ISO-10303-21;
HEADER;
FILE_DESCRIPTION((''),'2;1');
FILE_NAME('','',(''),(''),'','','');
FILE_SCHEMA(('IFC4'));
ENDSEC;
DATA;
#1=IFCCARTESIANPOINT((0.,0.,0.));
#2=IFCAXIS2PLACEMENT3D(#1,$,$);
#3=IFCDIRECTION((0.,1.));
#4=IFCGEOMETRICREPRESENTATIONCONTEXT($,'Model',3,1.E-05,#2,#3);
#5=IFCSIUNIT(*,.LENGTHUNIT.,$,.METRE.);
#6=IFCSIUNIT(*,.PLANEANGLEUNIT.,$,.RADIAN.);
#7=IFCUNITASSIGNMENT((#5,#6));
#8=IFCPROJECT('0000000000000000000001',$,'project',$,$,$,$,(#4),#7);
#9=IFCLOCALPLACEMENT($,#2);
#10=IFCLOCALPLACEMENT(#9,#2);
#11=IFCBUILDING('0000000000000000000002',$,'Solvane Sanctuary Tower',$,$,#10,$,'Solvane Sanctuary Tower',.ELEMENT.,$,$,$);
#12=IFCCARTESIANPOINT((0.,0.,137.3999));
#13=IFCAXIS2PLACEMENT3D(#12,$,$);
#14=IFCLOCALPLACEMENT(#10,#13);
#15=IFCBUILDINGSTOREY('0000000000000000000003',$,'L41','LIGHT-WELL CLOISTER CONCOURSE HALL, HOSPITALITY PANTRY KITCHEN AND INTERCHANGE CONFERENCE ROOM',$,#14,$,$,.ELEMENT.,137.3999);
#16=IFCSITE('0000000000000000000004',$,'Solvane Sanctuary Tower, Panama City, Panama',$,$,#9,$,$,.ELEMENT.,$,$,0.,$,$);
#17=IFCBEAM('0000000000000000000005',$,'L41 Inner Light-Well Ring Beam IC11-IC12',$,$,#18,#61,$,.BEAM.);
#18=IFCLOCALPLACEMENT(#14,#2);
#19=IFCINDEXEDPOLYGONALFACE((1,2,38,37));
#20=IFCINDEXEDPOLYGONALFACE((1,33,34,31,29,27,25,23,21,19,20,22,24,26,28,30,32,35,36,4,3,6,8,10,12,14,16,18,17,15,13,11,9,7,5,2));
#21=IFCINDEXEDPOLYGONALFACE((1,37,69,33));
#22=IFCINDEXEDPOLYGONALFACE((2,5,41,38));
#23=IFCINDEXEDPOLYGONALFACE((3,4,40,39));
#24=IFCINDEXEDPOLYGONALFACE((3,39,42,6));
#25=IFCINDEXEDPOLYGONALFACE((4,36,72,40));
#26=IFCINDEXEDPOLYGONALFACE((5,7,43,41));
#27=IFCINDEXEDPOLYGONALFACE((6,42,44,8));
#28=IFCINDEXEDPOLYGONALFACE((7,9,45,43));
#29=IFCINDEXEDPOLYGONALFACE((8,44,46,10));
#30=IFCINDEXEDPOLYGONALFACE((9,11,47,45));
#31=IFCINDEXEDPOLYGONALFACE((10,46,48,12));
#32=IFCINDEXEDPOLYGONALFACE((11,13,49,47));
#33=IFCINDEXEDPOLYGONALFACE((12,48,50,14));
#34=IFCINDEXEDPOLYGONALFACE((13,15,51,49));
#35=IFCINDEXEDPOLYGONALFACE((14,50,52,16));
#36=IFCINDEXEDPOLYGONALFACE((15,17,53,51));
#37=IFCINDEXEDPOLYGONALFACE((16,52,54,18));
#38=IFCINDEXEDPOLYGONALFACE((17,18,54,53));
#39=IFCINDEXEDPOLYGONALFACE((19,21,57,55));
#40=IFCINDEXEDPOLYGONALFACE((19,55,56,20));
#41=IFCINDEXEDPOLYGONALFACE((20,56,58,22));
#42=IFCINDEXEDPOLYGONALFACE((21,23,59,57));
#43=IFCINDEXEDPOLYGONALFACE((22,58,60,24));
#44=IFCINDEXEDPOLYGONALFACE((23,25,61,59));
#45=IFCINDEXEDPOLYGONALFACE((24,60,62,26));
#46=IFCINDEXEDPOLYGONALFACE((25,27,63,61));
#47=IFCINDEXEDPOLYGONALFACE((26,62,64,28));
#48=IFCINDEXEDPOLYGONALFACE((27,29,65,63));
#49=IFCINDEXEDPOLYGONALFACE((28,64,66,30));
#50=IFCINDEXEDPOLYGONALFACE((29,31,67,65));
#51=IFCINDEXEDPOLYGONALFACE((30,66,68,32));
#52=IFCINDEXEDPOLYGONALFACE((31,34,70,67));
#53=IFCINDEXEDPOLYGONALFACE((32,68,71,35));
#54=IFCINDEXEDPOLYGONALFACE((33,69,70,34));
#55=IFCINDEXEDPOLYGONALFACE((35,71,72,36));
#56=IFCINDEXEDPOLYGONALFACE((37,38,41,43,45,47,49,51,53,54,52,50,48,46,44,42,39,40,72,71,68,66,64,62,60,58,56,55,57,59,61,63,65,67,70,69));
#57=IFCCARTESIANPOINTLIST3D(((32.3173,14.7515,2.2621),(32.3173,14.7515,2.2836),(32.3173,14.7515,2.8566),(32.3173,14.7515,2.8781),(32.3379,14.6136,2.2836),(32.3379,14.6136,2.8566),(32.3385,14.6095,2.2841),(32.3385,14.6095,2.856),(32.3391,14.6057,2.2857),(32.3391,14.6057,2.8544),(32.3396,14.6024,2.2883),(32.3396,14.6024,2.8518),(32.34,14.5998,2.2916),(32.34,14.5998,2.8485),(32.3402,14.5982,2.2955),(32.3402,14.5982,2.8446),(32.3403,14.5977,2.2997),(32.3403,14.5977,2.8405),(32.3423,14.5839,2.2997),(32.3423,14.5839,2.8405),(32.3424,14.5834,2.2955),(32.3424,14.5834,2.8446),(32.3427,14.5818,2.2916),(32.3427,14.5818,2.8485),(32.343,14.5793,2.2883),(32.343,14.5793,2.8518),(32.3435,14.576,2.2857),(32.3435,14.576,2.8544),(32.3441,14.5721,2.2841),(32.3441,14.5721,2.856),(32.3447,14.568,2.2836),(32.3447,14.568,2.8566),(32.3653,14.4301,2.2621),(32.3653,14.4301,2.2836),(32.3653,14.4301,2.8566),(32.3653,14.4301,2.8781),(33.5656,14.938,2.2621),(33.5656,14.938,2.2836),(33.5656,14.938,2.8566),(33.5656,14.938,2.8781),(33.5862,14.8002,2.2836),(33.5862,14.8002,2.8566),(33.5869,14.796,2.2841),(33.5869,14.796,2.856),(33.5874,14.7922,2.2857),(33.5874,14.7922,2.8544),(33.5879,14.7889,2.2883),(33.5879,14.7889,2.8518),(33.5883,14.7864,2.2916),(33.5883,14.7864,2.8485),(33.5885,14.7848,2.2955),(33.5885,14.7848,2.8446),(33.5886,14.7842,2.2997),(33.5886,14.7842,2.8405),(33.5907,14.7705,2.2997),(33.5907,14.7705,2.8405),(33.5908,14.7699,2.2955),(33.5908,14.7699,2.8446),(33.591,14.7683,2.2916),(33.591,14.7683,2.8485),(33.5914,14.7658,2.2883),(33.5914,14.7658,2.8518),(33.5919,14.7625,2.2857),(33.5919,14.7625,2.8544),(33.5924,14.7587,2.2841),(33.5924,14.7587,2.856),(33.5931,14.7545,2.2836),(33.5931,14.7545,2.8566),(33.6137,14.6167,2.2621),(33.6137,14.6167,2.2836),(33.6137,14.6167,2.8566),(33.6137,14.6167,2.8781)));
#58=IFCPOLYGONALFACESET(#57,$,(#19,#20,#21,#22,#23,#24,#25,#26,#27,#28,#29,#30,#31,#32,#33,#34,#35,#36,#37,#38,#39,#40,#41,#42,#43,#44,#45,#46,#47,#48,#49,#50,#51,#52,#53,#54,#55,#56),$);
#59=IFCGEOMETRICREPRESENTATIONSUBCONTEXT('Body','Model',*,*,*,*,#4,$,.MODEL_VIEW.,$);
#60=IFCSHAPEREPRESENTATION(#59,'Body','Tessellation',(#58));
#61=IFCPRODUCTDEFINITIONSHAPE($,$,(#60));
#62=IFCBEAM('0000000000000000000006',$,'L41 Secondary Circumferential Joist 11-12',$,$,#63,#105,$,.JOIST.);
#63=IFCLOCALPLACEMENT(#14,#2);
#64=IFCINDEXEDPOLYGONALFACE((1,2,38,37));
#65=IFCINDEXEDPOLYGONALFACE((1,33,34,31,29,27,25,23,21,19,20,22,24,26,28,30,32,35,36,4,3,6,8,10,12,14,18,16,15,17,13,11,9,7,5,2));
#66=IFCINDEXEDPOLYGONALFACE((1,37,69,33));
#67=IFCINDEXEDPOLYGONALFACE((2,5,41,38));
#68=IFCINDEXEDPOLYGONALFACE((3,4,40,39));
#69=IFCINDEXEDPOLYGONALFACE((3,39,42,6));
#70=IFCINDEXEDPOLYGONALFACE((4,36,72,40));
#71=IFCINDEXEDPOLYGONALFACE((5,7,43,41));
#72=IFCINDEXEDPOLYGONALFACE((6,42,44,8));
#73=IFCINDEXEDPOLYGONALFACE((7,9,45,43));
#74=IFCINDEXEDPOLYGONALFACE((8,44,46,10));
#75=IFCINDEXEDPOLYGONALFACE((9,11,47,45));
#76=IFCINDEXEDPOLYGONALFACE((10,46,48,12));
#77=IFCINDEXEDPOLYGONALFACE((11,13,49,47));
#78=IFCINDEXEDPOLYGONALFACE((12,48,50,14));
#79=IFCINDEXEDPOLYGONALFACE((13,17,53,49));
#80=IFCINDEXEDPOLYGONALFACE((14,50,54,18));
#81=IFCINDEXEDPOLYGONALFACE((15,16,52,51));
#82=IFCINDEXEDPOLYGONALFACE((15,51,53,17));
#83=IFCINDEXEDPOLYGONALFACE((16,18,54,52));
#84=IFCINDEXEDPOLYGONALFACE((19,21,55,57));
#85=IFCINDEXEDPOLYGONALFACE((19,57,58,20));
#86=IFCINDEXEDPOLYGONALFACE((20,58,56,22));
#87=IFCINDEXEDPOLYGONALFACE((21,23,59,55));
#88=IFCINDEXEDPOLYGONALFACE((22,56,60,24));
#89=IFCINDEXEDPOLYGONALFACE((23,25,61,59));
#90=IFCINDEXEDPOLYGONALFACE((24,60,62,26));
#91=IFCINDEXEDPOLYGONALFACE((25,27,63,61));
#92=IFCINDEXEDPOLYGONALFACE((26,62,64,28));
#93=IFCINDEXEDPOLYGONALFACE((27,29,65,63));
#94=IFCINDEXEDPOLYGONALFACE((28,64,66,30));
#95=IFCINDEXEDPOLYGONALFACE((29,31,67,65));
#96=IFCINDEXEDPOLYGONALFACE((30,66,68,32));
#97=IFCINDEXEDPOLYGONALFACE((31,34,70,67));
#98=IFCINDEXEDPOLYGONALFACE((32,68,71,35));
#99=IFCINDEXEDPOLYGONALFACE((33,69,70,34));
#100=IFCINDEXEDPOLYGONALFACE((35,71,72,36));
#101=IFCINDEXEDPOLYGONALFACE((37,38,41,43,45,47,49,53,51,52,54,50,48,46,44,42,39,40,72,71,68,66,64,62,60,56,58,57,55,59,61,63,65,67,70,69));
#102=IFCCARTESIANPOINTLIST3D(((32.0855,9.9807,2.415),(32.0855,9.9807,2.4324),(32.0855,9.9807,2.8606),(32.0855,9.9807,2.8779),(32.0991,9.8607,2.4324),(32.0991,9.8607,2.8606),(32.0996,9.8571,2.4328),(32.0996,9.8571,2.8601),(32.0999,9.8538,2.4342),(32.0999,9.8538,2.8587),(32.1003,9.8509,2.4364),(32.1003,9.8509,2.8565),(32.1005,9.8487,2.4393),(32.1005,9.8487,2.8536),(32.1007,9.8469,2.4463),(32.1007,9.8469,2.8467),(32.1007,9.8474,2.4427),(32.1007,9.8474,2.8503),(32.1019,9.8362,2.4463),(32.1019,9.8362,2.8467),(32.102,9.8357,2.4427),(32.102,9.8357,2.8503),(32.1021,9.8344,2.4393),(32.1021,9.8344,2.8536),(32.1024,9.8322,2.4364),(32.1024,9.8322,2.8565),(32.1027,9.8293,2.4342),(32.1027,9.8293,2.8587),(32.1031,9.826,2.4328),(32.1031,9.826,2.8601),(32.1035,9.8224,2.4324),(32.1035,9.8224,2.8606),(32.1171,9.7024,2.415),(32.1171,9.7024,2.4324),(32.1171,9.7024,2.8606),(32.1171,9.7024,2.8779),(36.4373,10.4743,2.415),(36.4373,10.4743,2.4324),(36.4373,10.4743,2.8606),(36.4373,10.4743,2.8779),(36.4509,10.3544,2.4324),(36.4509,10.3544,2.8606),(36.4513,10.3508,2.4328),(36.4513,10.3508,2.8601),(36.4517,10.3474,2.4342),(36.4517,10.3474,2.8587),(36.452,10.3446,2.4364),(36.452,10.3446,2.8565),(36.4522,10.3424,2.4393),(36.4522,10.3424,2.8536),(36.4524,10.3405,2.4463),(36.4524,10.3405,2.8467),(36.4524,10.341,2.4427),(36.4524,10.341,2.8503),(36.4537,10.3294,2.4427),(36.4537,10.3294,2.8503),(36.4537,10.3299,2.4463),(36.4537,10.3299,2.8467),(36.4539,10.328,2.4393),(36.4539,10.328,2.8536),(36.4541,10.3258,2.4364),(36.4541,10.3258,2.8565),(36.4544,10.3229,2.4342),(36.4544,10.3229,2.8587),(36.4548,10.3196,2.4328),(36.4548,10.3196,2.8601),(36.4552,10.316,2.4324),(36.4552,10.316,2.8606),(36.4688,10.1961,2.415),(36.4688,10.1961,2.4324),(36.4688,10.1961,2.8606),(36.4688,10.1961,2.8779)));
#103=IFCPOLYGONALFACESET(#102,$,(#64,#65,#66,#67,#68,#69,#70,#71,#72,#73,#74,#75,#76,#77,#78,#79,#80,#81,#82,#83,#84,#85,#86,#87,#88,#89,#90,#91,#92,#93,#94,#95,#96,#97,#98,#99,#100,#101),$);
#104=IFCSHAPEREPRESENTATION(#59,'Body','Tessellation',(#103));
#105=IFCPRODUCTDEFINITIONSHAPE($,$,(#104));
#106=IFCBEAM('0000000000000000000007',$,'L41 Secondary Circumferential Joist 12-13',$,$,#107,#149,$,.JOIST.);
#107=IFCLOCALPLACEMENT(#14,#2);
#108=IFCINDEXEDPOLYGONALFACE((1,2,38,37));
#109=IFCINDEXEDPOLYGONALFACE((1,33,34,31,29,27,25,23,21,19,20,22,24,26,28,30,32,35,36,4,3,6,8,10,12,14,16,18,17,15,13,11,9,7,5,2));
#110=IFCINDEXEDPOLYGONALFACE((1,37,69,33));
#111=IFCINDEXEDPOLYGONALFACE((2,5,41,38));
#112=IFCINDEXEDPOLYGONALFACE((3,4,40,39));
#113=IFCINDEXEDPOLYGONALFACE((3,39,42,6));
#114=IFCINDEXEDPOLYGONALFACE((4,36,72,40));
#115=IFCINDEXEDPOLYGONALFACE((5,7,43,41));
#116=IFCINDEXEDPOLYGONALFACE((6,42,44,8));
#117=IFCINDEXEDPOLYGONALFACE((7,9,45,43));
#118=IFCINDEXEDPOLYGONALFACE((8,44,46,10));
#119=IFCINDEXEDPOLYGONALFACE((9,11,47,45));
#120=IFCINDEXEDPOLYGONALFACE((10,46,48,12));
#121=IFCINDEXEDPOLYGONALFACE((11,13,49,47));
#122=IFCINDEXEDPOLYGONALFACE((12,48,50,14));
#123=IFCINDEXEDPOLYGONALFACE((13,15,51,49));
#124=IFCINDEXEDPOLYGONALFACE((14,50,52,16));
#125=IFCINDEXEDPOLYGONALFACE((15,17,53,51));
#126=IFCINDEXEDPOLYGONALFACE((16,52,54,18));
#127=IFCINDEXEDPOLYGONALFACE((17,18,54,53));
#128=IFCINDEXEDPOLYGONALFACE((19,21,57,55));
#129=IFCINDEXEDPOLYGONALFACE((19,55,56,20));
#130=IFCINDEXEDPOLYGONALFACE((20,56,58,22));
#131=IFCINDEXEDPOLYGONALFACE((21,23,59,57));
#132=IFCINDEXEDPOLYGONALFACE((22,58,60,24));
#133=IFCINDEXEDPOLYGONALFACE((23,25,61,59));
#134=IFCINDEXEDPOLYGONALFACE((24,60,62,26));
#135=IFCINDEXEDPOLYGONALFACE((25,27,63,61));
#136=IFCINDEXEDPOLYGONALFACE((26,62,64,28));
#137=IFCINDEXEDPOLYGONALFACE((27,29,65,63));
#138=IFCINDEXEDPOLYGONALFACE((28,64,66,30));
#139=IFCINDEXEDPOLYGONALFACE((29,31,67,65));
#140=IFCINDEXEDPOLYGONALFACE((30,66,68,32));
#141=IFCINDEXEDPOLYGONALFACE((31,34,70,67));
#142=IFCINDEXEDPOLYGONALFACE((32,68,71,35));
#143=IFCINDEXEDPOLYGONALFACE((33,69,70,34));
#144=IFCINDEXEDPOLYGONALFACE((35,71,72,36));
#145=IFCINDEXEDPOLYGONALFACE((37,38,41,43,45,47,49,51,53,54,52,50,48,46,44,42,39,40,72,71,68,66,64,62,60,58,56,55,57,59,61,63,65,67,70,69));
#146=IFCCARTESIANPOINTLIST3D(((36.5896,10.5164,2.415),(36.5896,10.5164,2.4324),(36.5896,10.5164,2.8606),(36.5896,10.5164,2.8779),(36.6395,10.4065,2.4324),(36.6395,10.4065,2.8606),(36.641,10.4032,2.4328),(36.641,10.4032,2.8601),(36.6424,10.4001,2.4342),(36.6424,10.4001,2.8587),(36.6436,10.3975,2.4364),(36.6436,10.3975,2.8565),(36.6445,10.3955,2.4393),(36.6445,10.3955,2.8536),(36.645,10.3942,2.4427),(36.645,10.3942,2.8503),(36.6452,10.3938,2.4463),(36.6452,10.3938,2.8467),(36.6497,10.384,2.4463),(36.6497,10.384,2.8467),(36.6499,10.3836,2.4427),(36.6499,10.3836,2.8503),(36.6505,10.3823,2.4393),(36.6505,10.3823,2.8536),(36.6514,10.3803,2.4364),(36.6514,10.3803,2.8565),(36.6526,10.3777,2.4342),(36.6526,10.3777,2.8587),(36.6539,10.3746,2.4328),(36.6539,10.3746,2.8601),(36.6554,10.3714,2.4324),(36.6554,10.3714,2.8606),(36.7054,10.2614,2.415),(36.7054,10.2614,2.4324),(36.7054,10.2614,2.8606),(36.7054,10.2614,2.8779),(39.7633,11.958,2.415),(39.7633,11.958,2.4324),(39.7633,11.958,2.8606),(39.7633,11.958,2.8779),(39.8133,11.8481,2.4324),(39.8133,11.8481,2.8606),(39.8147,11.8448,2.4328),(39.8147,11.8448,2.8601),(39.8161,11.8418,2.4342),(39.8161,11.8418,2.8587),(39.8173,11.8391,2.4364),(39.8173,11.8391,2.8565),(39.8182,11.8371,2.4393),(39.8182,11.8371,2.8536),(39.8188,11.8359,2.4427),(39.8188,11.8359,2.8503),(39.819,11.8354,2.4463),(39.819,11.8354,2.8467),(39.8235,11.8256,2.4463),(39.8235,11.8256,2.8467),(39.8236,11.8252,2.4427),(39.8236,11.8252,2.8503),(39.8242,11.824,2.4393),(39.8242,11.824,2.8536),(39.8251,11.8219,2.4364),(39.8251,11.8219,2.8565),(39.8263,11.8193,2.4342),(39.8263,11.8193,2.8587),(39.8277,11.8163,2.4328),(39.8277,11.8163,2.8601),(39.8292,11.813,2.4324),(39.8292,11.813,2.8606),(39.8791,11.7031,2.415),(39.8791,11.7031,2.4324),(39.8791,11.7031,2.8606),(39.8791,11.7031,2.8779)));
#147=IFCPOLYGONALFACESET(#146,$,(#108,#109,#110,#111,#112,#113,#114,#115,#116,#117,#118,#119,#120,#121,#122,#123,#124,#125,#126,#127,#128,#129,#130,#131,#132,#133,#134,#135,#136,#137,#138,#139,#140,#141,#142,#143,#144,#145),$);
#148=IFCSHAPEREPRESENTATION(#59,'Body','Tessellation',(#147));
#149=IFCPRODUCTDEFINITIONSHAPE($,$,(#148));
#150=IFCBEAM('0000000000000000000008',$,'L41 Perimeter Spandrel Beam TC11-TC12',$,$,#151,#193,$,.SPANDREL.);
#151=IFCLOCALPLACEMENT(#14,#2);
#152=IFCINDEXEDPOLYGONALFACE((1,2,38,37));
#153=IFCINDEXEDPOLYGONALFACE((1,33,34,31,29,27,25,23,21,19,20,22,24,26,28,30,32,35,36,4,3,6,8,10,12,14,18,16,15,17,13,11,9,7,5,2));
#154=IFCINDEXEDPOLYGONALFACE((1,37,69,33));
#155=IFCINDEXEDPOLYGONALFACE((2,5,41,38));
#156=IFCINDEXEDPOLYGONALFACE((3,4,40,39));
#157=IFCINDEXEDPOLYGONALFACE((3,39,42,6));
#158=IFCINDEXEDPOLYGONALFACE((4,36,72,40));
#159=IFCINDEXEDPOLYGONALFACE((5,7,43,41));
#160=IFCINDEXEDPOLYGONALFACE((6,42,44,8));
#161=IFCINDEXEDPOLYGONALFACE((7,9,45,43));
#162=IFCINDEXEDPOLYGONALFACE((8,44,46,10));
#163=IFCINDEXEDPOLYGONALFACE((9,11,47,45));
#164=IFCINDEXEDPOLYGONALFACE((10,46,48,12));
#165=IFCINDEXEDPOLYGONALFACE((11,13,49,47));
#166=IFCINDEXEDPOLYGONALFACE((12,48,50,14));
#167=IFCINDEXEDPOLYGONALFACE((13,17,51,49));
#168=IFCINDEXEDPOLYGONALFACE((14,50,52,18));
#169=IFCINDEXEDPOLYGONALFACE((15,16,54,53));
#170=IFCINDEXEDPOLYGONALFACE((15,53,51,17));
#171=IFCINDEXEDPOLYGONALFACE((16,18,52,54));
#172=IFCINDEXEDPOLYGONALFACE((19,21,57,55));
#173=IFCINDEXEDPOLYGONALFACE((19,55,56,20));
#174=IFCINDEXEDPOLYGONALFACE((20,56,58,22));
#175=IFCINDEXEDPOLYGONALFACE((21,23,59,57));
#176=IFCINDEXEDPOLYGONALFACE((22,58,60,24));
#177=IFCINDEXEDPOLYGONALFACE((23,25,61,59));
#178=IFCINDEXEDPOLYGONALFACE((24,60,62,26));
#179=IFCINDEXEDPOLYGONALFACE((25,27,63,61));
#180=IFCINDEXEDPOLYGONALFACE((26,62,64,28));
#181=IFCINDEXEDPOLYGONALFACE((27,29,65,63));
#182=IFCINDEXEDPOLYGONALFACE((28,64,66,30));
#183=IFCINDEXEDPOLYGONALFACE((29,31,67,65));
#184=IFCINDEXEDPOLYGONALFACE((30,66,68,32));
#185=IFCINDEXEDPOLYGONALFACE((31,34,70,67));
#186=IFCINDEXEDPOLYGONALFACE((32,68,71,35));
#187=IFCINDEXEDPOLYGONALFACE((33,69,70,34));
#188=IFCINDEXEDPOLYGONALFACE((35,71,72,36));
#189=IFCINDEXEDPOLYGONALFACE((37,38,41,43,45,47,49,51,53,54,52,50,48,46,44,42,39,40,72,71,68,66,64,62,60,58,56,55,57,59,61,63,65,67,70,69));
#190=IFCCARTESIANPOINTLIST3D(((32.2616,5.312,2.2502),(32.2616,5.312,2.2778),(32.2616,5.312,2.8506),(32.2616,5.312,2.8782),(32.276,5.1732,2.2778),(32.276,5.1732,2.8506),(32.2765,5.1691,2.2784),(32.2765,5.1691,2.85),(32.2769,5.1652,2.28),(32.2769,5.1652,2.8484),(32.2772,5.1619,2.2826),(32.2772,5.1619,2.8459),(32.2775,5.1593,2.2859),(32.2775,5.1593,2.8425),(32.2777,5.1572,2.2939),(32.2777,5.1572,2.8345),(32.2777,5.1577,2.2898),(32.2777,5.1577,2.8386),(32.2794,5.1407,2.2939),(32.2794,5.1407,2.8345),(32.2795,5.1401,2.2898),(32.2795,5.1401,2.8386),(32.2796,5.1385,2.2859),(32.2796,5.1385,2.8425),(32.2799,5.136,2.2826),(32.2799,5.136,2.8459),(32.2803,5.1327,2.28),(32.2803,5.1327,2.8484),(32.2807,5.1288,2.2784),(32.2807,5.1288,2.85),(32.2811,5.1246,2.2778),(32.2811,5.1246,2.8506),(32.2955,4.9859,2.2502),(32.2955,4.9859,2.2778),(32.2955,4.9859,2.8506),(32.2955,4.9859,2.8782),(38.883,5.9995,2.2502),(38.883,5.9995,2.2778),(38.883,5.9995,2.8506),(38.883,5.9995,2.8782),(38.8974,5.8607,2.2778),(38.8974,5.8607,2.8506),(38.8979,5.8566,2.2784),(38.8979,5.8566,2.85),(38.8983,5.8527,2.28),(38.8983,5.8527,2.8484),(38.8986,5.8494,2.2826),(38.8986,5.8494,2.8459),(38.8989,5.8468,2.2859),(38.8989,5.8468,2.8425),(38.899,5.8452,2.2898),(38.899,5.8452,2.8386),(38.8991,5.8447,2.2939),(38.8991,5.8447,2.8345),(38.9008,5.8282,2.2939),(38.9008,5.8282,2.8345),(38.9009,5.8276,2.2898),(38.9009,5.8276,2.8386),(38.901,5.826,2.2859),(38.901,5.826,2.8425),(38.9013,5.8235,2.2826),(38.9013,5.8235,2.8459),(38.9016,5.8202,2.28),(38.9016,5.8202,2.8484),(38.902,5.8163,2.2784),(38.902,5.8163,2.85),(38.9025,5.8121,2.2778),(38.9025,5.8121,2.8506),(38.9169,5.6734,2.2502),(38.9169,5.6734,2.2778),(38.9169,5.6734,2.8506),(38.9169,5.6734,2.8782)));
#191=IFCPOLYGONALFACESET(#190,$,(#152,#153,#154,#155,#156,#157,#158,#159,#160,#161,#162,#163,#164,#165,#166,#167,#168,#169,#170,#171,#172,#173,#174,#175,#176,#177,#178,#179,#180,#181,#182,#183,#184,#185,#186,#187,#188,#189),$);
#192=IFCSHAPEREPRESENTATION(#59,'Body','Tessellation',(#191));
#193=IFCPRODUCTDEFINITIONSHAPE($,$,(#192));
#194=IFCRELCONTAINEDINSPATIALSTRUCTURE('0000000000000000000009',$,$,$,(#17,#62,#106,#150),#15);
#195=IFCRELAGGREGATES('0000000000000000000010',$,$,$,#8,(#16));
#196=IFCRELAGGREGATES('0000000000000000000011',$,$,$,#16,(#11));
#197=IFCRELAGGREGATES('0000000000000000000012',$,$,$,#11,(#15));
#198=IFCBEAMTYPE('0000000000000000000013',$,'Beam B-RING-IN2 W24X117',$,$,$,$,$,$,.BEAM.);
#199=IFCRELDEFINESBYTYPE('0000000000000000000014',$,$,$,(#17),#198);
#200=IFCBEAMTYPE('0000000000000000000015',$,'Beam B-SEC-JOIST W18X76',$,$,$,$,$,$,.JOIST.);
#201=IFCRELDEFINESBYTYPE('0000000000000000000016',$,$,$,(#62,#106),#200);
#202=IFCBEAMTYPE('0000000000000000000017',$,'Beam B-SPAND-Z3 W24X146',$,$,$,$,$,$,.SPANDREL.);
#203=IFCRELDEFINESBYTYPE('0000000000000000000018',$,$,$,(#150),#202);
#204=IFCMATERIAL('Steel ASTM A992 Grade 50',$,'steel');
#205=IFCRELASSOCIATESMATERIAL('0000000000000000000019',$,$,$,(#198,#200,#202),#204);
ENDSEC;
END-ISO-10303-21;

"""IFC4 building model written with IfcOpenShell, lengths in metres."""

from ifc_helpers import new_model, si_unit, direction, frame, origin, origin_2d, place, context, subcontext, project, spatial, i_section, extrude, material, material_profile, profile_set, type_object, element, save


model = new_model("IFC4")

# Units and contexts
model_context = context("Model", 3, precision=1e-05, world=origin(), true_north=direction((0.0, 1.0)))
body_context = subcontext(model_context, "Body", "Model", "MODEL_VIEW")
ifc_project = project(units=[si_unit("LENGTHUNIT", "METRE"), si_unit("PLANEANGLEUNIT", "RADIAN")], contexts=[model_context])

# Site, building, storey
site_placement = place(None, origin())
site = spatial("IfcSite", under=ifc_project, at=site_placement, Name="Solvane Sanctuary Tower, Panama City, Panama", CompositionType="ELEMENT", RefElevation=0.0)
building_placement = place(site_placement, origin())
building = spatial("IfcBuilding", under=site, at=building_placement, Name="Solvane Sanctuary Tower", LongName="Solvane Sanctuary Tower", CompositionType="ELEMENT")
storey_placement = place(building_placement, frame((0.0, 0.0, 137.3999)))
storey = spatial("IfcBuildingStorey", under=building, at=storey_placement, Name="L41", Description="LIGHT-WELL CLOISTER CONCOURSE HALL, HOSPITALITY PANTRY KITCHEN AND INTERCHANGE CONFERENCE ROOM", CompositionType="ELEMENT", Elevation=137.3999)

# Beams
ifc_material_1 = material(Name="Steel ASTM A992 Grade 50", Category="steel")
ifc_material_profile_1 = material_profile(ifc_material_1, i_section(OverallWidth=0.325, OverallDepth=0.616, WebThickness=0.0139, FlangeThickness=0.0215, FilletRadius=0.0161, at=origin_2d()), Name="W24X117")
ifc_profile_set_1 = profile_set([ifc_material_profile_1], Name="Steel ASTM A992 Grade 50")
beam_type_1 = type_object("IfcBeamType", Name="Beam B-RING-IN2 W24X117", PredefinedType="BEAM", material=ifc_profile_set_1)
for number, where, z_axis, x_axis, name in (
    (1, (32.3413, 14.5908, 2.5701), (0.98902, 0.147782, 0.0), (-0.147782, 0.98902, 0.0), "L41 Inner Light-Well Ring Beam IC11-IC12"),
):
    element("IfcBeam", number, at=place(storey_placement, frame(where, z_axis=z_axis, x_axis=x_axis)), inside=storey, type_object=beam_type_1, Name=name, PredefinedType="BEAM", context=body_context, shape_type="SweptSolid", body=[
        extrude(i_section(OverallWidth=0.325, OverallDepth=0.616, WebThickness=0.0139, FlangeThickness=0.0215, FilletRadius=0.0161, at=origin_2d()), origin(), (0.0, 0.0, 1.0), 1.2622),
    ])
ifc_material_profile_2 = material_profile(ifc_material_1, i_section(OverallWidth=0.28, OverallDepth=0.4629, WebThickness=0.0107, FlangeThickness=0.0173, FilletRadius=0.0139, at=origin_2d()), Name="W18X76")
ifc_profile_set_2 = profile_set([ifc_material_profile_2], Name="Steel ASTM A992 Grade 50")
beam_type_2 = type_object("IfcBeamType", Name="Beam B-SEC-JOIST W18X76", PredefinedType="JOIST", material=ifc_profile_set_2)
beam_1_placement = place(storey_placement, frame((32.1013, 9.8416, 2.6465), z_axis=(0.993628, 0.112713, 0.0), x_axis=(-0.112713, 0.993628, 0.0)))
element("IfcBeam", 2, at=beam_1_placement, inside=storey, type_object=beam_type_2, Name="L41 Secondary Circumferential Joist 11-12", PredefinedType="JOIST", context=body_context, shape_type="SweptSolid", body=[
    extrude(i_section(OverallWidth=0.28, OverallDepth=0.4629, WebThickness=0.0107, FlangeThickness=0.0173, FilletRadius=0.0139, at=origin_2d()), origin(), (0.0, 0.0, 1.0), 4.3796),
])
beam_2_placement = place(storey_placement, frame((36.6475, 10.3889, 2.6465), z_axis=(0.910474, 0.413565, 0.0), x_axis=(-0.413565, 0.910474, 0.0)))
element("IfcBeam", 3, at=beam_2_placement, inside=storey, type_object=beam_type_2, Name="L41 Secondary Circumferential Joist 12-13", PredefinedType="JOIST", context=body_context, shape_type="SweptSolid", body=[
    extrude(i_section(OverallWidth=0.28, OverallDepth=0.4629, WebThickness=0.0107, FlangeThickness=0.0173, FilletRadius=0.0139, at=origin_2d()), origin(), (0.0, 0.0, 1.0), 3.4858),
])
ifc_material_profile_3 = material_profile(ifc_material_1, i_section(OverallWidth=0.3279, OverallDepth=0.6279, WebThickness=0.0166, FlangeThickness=0.0276, FilletRadius=0.0161, at=origin_2d()), Name="W24X146")
ifc_profile_set_3 = profile_set([ifc_material_profile_3], Name="Steel ASTM A992 Grade 50")
beam_type_3 = type_object("IfcBeamType", Name="Beam B-SPAND-Z3 W24X146", PredefinedType="SPANDREL", material=ifc_profile_set_3)
beam_3_placement = place(storey_placement, frame((32.2786, 5.1489, 2.5642), z_axis=(0.994653, 0.103276, 0.0), x_axis=(-0.103276, 0.994653, 0.0)))
element("IfcBeam", 4, at=beam_3_placement, inside=storey, type_object=beam_type_3, Name="L41 Perimeter Spandrel Beam TC11-TC12", PredefinedType="SPANDREL", context=body_context, shape_type="SweptSolid", body=[
    extrude(i_section(OverallWidth=0.3279, OverallDepth=0.6279, WebThickness=0.0166, FlangeThickness=0.0276, FilletRadius=0.0161, at=origin_2d()), origin(), (0.0, 0.0, 1.0), 6.657),
])

save(model, "model.ifc")
